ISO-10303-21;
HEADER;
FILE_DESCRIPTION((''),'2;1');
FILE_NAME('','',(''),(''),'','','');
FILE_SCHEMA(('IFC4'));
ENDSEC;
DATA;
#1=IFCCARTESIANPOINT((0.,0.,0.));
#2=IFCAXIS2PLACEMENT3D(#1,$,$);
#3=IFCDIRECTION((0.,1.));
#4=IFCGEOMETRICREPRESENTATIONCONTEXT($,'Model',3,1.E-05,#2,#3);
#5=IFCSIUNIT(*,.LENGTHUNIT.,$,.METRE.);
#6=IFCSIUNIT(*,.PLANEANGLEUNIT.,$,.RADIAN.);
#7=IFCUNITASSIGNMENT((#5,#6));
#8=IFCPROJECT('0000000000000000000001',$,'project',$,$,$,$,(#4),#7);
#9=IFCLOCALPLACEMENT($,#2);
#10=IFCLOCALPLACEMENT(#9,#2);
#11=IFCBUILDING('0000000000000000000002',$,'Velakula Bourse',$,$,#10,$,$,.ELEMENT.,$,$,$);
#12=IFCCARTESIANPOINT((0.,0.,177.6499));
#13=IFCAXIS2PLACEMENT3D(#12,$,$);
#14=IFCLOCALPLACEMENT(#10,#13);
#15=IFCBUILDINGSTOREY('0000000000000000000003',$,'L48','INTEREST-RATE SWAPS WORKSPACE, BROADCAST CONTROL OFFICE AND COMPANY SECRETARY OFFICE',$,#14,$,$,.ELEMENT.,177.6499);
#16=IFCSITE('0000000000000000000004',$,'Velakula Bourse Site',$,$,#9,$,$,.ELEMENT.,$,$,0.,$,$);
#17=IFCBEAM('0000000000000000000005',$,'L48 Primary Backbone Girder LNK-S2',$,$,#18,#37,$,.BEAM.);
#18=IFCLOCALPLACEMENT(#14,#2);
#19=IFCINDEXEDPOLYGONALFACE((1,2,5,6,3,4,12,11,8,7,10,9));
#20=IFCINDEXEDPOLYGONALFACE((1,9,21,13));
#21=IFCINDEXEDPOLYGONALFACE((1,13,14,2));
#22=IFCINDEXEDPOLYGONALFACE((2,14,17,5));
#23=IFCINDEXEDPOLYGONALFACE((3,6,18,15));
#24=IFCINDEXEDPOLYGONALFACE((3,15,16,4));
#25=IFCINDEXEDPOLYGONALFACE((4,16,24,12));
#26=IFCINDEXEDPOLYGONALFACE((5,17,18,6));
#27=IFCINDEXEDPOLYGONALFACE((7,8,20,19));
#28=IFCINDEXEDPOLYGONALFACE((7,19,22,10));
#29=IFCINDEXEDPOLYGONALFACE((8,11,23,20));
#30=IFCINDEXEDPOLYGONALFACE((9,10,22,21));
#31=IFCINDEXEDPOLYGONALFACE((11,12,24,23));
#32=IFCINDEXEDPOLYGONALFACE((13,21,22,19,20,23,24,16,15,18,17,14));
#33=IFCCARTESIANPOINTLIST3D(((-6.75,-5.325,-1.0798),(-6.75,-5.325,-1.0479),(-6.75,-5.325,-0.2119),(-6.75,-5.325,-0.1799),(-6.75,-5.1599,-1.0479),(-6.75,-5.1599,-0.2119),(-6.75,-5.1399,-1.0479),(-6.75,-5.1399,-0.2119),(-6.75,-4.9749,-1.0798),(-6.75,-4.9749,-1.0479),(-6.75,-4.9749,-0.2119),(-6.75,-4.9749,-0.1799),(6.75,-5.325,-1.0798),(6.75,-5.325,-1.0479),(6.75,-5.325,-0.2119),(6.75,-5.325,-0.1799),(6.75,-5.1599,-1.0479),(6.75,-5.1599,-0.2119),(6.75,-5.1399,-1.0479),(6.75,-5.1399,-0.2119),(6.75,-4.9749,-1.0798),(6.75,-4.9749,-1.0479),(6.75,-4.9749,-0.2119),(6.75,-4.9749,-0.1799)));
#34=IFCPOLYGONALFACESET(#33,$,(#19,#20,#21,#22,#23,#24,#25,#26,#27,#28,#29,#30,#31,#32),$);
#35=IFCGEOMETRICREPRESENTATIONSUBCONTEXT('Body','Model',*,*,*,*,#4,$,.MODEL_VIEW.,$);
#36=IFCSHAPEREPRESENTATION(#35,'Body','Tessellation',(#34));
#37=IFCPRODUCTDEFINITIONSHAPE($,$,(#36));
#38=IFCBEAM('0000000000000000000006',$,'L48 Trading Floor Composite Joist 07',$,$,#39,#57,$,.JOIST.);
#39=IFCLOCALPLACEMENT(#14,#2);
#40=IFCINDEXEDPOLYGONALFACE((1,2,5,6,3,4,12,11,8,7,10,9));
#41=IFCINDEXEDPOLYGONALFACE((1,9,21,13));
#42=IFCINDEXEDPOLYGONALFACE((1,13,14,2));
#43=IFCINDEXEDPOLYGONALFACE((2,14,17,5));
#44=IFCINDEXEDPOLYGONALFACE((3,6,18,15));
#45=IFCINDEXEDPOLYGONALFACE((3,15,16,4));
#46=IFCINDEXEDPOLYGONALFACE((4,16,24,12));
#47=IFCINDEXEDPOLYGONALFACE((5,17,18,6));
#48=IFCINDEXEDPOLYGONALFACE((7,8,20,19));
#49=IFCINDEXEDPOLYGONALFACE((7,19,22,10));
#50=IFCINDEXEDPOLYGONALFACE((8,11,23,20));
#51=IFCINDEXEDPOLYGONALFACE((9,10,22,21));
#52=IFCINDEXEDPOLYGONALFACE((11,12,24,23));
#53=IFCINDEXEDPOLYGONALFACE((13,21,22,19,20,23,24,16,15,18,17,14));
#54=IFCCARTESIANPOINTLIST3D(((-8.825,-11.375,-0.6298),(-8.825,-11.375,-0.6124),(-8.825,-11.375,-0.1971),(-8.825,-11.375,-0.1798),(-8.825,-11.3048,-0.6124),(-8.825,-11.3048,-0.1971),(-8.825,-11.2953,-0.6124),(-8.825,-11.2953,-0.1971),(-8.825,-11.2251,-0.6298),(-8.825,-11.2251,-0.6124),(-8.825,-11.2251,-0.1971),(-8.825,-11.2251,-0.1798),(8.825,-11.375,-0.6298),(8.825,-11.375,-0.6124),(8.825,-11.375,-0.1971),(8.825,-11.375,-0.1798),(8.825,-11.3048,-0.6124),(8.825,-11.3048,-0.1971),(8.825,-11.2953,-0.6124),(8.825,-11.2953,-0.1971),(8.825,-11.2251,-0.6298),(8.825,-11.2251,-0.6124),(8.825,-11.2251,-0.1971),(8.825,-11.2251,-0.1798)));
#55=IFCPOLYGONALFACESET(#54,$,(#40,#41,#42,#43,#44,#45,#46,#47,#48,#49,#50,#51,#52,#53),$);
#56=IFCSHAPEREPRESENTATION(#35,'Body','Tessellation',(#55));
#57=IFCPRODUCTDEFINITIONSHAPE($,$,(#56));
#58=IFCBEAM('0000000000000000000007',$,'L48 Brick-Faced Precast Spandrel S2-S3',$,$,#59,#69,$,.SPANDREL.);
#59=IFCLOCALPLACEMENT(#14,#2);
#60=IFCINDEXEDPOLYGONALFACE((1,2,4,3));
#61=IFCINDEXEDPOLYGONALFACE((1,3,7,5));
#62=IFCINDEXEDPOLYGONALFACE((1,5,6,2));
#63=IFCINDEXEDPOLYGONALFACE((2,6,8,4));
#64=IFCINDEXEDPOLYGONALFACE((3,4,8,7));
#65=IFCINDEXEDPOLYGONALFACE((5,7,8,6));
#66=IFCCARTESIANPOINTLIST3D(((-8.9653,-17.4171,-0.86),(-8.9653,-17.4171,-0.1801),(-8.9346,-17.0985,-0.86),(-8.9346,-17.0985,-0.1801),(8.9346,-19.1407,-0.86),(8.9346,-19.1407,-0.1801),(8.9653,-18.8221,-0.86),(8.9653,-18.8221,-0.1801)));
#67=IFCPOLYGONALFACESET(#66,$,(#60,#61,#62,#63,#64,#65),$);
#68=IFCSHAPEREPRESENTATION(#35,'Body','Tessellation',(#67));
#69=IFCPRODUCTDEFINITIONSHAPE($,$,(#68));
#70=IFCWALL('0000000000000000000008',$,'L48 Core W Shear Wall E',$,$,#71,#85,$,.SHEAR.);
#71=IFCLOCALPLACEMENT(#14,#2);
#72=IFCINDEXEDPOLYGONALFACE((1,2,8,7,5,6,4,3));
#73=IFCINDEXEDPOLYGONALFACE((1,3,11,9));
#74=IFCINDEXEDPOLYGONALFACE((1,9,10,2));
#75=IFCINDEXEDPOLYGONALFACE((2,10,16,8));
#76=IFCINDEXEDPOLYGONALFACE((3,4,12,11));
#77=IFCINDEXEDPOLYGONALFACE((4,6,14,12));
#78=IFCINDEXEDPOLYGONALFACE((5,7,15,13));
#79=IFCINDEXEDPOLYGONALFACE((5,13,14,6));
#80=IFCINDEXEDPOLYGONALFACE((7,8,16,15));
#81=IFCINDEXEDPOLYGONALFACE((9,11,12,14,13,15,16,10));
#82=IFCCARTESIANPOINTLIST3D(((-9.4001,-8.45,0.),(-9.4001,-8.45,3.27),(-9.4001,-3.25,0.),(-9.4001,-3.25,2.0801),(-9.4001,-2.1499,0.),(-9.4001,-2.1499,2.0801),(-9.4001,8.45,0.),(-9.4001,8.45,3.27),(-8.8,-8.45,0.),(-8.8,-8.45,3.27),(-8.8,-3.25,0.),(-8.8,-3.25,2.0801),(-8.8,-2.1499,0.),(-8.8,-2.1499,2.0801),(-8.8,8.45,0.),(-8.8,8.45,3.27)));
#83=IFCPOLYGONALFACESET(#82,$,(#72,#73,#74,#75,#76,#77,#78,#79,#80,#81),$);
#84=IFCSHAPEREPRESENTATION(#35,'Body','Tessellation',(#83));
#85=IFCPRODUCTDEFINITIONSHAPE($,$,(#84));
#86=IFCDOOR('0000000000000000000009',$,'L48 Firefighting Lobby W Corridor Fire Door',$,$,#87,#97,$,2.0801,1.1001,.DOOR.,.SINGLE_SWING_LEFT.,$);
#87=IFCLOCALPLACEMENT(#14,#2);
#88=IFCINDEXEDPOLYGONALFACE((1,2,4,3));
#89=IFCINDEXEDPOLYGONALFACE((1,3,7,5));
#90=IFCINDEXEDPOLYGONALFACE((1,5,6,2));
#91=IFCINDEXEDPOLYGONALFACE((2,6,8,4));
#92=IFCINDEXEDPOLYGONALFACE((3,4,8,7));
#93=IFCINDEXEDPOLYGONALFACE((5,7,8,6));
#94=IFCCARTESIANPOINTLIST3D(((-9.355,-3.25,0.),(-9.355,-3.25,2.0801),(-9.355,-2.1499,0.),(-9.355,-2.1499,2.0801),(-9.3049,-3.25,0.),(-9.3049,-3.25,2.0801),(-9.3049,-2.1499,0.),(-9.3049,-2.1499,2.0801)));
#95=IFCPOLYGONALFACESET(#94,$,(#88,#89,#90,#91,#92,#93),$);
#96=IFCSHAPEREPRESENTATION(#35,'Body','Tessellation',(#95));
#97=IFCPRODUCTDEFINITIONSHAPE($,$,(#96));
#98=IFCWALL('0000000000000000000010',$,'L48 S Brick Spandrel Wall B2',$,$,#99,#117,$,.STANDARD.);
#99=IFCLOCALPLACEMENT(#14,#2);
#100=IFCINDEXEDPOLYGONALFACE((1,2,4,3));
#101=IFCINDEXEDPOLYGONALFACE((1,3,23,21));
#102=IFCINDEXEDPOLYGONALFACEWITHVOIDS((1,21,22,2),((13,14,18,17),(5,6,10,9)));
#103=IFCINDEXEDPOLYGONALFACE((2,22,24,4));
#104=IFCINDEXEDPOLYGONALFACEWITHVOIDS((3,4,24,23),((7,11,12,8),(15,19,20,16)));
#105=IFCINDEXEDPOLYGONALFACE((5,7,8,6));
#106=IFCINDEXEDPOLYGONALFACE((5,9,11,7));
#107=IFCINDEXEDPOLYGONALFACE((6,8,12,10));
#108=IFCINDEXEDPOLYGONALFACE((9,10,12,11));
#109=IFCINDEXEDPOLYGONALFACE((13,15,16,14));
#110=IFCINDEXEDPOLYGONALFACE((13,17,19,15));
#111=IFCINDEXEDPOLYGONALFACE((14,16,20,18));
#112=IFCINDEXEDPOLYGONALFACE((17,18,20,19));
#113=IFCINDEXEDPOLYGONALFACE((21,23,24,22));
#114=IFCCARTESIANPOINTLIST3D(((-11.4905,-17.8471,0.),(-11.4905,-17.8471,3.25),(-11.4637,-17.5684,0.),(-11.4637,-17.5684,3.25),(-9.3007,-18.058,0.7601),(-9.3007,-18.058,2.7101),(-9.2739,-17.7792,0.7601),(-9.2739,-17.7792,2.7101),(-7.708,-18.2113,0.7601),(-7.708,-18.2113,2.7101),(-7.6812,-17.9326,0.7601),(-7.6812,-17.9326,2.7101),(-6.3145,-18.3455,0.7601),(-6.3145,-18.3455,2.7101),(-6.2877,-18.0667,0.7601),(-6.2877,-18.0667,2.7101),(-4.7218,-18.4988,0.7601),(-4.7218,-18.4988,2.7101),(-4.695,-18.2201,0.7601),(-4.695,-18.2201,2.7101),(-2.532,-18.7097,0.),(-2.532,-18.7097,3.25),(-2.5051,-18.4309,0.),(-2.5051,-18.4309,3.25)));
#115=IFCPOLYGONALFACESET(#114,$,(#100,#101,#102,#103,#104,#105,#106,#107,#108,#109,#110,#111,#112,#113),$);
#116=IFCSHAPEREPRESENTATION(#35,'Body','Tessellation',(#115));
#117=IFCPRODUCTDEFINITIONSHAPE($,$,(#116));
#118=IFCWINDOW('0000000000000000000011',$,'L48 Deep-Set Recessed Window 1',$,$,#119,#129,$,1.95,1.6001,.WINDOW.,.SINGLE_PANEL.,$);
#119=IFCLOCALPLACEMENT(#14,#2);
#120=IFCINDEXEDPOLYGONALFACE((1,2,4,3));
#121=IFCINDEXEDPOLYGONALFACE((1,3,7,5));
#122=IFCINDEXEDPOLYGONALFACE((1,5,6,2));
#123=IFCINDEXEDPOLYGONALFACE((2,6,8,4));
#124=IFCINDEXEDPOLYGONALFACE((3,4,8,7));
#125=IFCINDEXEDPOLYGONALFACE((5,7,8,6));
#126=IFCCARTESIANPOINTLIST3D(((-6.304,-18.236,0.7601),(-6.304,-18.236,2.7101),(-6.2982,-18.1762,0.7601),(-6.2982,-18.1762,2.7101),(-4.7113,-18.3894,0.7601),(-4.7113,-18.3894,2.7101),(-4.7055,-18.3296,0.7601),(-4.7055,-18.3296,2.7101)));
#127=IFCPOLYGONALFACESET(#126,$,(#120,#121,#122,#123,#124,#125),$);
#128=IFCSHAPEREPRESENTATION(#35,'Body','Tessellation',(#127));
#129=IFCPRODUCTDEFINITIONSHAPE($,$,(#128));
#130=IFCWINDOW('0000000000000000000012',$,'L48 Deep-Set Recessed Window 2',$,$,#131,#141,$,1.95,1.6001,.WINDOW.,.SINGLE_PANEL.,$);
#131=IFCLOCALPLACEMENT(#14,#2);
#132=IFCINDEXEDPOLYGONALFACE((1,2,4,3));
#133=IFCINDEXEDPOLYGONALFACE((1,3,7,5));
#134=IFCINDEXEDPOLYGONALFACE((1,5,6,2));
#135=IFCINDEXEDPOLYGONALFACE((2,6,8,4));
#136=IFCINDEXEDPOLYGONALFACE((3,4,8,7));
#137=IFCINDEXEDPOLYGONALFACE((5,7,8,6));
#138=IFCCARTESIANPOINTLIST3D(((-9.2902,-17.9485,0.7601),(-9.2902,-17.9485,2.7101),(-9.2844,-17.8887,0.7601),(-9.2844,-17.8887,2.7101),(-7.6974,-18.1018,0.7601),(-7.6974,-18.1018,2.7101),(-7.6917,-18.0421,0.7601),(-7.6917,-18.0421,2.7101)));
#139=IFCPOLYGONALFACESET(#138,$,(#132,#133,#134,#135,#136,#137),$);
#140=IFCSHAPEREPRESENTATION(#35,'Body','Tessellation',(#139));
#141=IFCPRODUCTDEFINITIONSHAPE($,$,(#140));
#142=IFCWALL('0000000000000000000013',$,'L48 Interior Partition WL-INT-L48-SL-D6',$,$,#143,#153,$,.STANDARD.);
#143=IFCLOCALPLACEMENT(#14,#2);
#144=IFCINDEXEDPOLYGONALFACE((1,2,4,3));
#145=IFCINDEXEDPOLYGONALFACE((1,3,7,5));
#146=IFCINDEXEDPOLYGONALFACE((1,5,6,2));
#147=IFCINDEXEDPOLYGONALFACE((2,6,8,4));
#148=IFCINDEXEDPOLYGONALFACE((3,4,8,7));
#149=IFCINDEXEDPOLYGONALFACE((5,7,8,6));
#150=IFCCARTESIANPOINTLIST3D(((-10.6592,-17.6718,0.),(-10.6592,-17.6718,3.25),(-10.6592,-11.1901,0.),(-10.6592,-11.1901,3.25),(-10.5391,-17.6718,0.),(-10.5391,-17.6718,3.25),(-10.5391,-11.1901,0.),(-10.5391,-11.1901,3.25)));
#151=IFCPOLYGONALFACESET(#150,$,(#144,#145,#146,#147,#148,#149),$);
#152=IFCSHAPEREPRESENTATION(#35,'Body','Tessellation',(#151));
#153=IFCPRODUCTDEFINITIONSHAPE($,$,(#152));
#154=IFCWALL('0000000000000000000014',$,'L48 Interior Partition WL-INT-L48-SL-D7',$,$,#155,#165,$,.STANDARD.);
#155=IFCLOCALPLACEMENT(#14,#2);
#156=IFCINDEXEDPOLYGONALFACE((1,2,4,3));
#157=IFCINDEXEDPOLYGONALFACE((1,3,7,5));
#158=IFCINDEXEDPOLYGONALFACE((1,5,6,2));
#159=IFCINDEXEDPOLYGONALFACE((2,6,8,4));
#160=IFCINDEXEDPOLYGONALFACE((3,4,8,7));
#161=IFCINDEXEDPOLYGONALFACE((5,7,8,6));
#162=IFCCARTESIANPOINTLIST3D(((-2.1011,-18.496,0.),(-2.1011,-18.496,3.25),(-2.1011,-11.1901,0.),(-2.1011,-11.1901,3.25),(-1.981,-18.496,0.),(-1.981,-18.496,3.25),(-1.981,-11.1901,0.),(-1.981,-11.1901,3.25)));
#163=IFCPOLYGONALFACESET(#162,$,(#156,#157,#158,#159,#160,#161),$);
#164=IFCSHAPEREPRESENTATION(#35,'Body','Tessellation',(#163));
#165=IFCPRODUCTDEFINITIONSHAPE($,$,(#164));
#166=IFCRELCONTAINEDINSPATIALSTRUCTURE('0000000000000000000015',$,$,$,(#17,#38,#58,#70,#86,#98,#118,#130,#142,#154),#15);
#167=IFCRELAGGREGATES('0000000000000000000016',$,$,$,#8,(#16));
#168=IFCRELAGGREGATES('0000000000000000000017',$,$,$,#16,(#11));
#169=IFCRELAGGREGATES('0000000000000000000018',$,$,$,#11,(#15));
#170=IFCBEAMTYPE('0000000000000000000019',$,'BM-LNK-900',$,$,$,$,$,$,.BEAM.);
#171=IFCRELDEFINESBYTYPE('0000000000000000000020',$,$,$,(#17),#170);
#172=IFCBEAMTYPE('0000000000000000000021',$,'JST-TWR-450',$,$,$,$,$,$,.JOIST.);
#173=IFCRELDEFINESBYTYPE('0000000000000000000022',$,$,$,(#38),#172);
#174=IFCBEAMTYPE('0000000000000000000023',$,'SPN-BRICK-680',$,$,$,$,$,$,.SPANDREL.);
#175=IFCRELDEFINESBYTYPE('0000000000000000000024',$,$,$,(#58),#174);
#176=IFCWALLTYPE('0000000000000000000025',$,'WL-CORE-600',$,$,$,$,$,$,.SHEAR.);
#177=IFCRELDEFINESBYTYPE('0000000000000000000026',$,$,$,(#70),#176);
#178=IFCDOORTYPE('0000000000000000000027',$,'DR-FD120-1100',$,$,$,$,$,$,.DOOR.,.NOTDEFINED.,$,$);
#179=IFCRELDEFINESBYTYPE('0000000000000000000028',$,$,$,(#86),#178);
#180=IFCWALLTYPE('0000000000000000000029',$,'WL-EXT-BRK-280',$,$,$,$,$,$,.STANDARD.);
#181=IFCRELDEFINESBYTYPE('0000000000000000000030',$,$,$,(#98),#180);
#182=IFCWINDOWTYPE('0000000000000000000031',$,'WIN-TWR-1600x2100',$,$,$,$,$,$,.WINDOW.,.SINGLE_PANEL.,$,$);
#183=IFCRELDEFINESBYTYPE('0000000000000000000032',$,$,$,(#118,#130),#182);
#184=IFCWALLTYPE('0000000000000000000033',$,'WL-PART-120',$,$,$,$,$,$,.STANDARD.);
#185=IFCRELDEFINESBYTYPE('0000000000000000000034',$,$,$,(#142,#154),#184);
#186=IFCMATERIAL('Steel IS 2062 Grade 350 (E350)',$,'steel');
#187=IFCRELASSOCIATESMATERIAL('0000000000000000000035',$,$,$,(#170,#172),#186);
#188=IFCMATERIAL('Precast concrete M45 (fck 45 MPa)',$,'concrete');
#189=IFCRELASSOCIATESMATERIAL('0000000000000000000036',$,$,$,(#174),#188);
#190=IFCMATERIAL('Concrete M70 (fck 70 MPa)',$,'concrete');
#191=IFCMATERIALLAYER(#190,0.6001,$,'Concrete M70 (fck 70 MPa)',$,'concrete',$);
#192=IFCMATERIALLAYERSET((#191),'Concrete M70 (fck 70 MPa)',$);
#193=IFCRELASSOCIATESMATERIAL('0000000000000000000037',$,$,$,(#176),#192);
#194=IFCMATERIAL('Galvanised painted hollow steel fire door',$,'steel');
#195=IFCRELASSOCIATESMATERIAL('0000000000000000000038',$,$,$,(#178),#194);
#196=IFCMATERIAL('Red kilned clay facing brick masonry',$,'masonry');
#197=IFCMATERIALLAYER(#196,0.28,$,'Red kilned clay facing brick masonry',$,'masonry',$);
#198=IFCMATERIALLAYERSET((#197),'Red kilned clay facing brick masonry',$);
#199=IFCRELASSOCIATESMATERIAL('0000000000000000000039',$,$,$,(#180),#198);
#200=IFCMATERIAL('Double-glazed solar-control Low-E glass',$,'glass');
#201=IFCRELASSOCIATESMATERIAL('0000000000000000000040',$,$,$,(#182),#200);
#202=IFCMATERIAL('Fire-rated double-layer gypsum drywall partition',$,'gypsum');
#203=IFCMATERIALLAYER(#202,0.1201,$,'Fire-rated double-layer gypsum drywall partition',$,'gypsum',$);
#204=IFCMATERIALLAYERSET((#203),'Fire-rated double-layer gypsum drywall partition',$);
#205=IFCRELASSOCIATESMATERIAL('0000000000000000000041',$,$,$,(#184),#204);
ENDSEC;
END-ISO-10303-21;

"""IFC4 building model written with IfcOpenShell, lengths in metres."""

from ifc_helpers import new_model, si_unit, direction, frame, frame_2d, origin, origin_2d, place, context, subcontext, project, spatial, rectangle, i_section, extrude, material, layer, layer_set, material_profile, profile_set, type_object, element, fill, save


model = new_model("IFC4")

# Units and contexts
model_context = context("Model", 3, precision=1e-05, world=origin(), true_north=direction((0.0, 1.0)))
body_context = subcontext(model_context, "Body", "Model", "MODEL_VIEW")
ifc_project = project(units=[si_unit("LENGTHUNIT", "METRE"), si_unit("PLANEANGLEUNIT", "RADIAN")], contexts=[model_context])

# Site, building, storey
site_placement = place(None, origin())
site = spatial("IfcSite", under=ifc_project, at=site_placement, Name="Velakula Bourse Site", CompositionType="ELEMENT", RefElevation=0.0)
building_placement = place(site_placement, origin())
building = spatial("IfcBuilding", under=site, at=building_placement, Name="Velakula Bourse", CompositionType="ELEMENT")
storey_placement = place(building_placement, frame((0.0, 0.0, 177.6499)))
storey = spatial("IfcBuildingStorey", under=building, at=storey_placement, Name="L48", Description="INTEREST-RATE SWAPS WORKSPACE, BROADCAST CONTROL OFFICE AND COMPANY SECRETARY OFFICE", CompositionType="ELEMENT", Elevation=177.6499)

# Shared definitions
ifc_material_1 = material(Name="Concrete M70 (fck 70 MPa)", Category="concrete")
ifc_material_2 = material(Name="Steel IS 2062 Grade 350 (E350)", Category="steel")

# Beams
ifc_material_profile_1 = material_profile(ifc_material_2, i_section(OverallWidth=0.3501, OverallDepth=0.8999, WebThickness=0.02, FlangeThickness=0.032, at=origin_2d()), Name="Steel IS 2062 Grade 350 (E350)")
ifc_profile_set_1 = profile_set([ifc_material_profile_1], Name="Steel IS 2062 Grade 350 (E350)")
beam_type_1 = type_object("IfcBeamType", Name="BM-LNK-900", PredefinedType="BEAM", material=ifc_profile_set_1)
beam_1_placement = place(storey_placement, frame((-6.75, -5.1499, -0.6299), z_axis=(1.0, 0.0, 0.0), x_axis=(0.0, 1.0, 0.0)))
element("IfcBeam", 1, at=beam_1_placement, inside=storey, type_object=beam_type_1, Name="L48 Primary Backbone Girder LNK-S2", PredefinedType="BEAM", context=body_context, shape_type="SweptSolid", body=[
    extrude(i_section(OverallWidth=0.3501, OverallDepth=0.8999, WebThickness=0.02, FlangeThickness=0.032, at=origin_2d()), origin(), (0.0, 0.0, 1.0), 13.5),
])
ifc_material_profile_2 = material_profile(ifc_material_2, i_section(OverallWidth=0.1499, OverallDepth=0.45, WebThickness=0.0095, FlangeThickness=0.0173, at=origin_2d()), Name="Steel IS 2062 Grade 350 (E350)")
ifc_profile_set_2 = profile_set([ifc_material_profile_2], Name="Steel IS 2062 Grade 350 (E350)")
beam_type_2 = type_object("IfcBeamType", Name="JST-TWR-450", PredefinedType="JOIST", material=ifc_profile_set_2)
beam_2_placement = place(storey_placement, frame((-8.825, -11.3, -0.4048), z_axis=(1.0, 0.0, 0.0), x_axis=(0.0, 1.0, 0.0)))
element("IfcBeam", 2, at=beam_2_placement, inside=storey, type_object=beam_type_2, Name="L48 Trading Floor Composite Joist 07", PredefinedType="JOIST", context=body_context, shape_type="SweptSolid", body=[
    extrude(i_section(OverallWidth=0.1499, OverallDepth=0.45, WebThickness=0.0095, FlangeThickness=0.0173, at=origin_2d()), origin(), (0.0, 0.0, 1.0), 17.6499),
])
ifc_material_3 = material(Name="Precast concrete M45 (fck 45 MPa)", Category="concrete")
ifc_material_profile_3 = material_profile(ifc_material_3, rectangle(XDim=0.3201, YDim=0.6799, at=origin_2d()), Name="Precast concrete M45 (fck 45 MPa)")
ifc_profile_set_3 = profile_set([ifc_material_profile_3], Name="Precast concrete M45 (fck 45 MPa)")
beam_type_3 = type_object("IfcBeamType", Name="SPN-BRICK-680", PredefinedType="SPANDREL", material=ifc_profile_set_3)
beam_3_placement = place(storey_placement, frame((-8.95, -17.2578, -0.52), z_axis=(0.995396, -0.09585, 0.0), x_axis=(0.09585, 0.995396, 0.0)))
element("IfcBeam", 3, at=beam_3_placement, inside=storey, type_object=beam_type_3, Name="L48 Brick-Faced Precast Spandrel S2-S3", PredefinedType="SPANDREL", context=body_context, shape_type="SweptSolid", body=[
    extrude(rectangle(XDim=0.3201, YDim=0.6799, at=origin_2d()), origin(), (0.0, 0.0, 1.0), 17.9827),
])

# Wall, opening, door
ifc_layer_1 = layer(ifc_material_1, 0.6001, Name="Concrete M70 (fck 70 MPa)", Category="concrete")
ifc_layer_set_1 = layer_set([ifc_layer_1], Name="Concrete M70 (fck 70 MPa)")
wall_type_1 = type_object("IfcWallType", Name="WL-CORE-600", PredefinedType="SHEAR", material=ifc_layer_set_1)
wall_1_placement = place(storey_placement, frame((-9.1001, -8.45, 0.0), z_axis=(0.0, 0.0, 1.0), x_axis=(0.0, 1.0, 0.0)))
wall_1 = element("IfcWall", 4, at=wall_1_placement, inside=storey, type_object=wall_type_1, Name="L48 Core W Shear Wall E", PredefinedType="SHEAR", context=body_context, shape_type="SweptSolid", body=[
    extrude(rectangle(XDim=16.8999, YDim=0.6001, at=frame_2d((8.45, 0.0))), origin(), (0.0, 0.0, 1.0), 3.27),
])
opening_1_placement = place(wall_1_placement, frame((5.2, 0.0, 0.0)))
opening_1 = element("IfcOpeningElement", 5, at=opening_1_placement, cuts=wall_1, PredefinedType="OPENING", context=body_context, shape_type="SweptSolid", body=[
    extrude(rectangle(XDim=1.1001, YDim=2.0801, at=frame_2d((0.55, 1.04))), frame((0.0, 0.3101, 0.0), z_axis=(0.0, -1.0, 0.0), x_axis=(1.0, 0.0, 0.0)), (0.0, 0.0, 1.0), 0.6201),
])
ifc_material_4 = material(Name="Galvanised painted hollow steel fire door", Category="steel")
door_type = type_object("IfcDoorType", Name="DR-FD120-1100", OperationType="NOTDEFINED", PredefinedType="DOOR", material=ifc_material_4)
door_placement = place(opening_1_placement, origin())
door = element("IfcDoor", 6, at=door_placement, inside=storey, type_object=door_type, Name="L48 Firefighting Lobby W Corridor Fire Door", OperationType="SINGLE_SWING_LEFT", OverallHeight=2.0801, OverallWidth=1.1001, PredefinedType="DOOR", context=body_context, shape_type="SweptSolid", body=[
    extrude(rectangle(XDim=1.1001, YDim=2.0801, at=frame_2d((0.55, 1.04))), frame((0.0, 0.2549, 0.0), z_axis=(0.0, -1.0, 0.0), x_axis=(1.0, 0.0, 0.0)), (0.0, 0.0, 1.0), 0.05),
])
fill(opening_1, door)

# Wall, openings, windows
ifc_material_5 = material(Name="Red kilned clay facing brick masonry", Category="masonry")
ifc_layer_2 = layer(ifc_material_5, 0.28, Name="Red kilned clay facing brick masonry", Category="masonry")
ifc_layer_set_2 = layer_set([ifc_layer_2], Name="Red kilned clay facing brick masonry")
wall_type_2 = type_object("IfcWallType", Name="WL-EXT-BRK-280", PredefinedType="STANDARD", material=ifc_layer_set_2)
wall_2_placement = place(storey_placement, frame((-2.5186, -18.5703, 0.0), z_axis=(0.0, 0.0, 1.0), x_axis=(-0.995397, 0.09584, 0.0)))
wall_2 = element("IfcWall", 7, at=wall_2_placement, inside=storey, type_object=wall_type_2, Name="L48 S Brick Spandrel Wall B2", PredefinedType="STANDARD", context=body_context, shape_type="SweptSolid", body=[
    extrude(rectangle(XDim=9.0, YDim=0.28, at=frame_2d((4.5, 0.0))), origin(), (0.0, 0.0, 1.0), 3.25),
])
opening_2_placement = place(wall_2_placement, frame((2.2, 0.0, 0.76)))
opening_2 = element("IfcOpeningElement", 8, at=opening_2_placement, cuts=wall_2, PredefinedType="OPENING", context=body_context, shape_type="SweptSolid", body=[
    extrude(rectangle(XDim=1.6001, YDim=1.95, at=frame_2d((0.8, 0.9751))), frame((0.0, 0.1499, 0.0), z_axis=(0.0, -1.0, 0.0), x_axis=(1.0, 0.0, 0.0)), (0.0, 0.0, 1.0), 0.3),
])
opening_3_placement = place(wall_2_placement, frame((5.2, 0.0, 0.76)))
opening_3 = element("IfcOpeningElement", 9, at=opening_3_placement, cuts=wall_2, PredefinedType="OPENING", context=body_context, shape_type="SweptSolid", body=[
    extrude(rectangle(XDim=1.6001, YDim=1.95, at=frame_2d((0.8, 0.9751))), frame((0.0, 0.1499, 0.0), z_axis=(0.0, -1.0, 0.0), x_axis=(1.0, 0.0, 0.0)), (0.0, 0.0, 1.0), 0.3),
])
ifc_material_6 = material(Name="Double-glazed solar-control Low-E glass", Category="glass")
window_type = type_object("IfcWindowType", Name="WIN-TWR-1600x2100", PartitioningType="SINGLE_PANEL", PredefinedType="WINDOW", material=ifc_material_6)
window_1_placement = place(opening_2_placement, origin())
window_1 = element("IfcWindow", 10, at=window_1_placement, inside=storey, type_object=window_type, Name="L48 Deep-Set Recessed Window 1", OverallHeight=1.95, OverallWidth=1.6001, PartitioningType="SINGLE_PANEL", PredefinedType="WINDOW", context=body_context, shape_type="SweptSolid", body=[
    extrude(rectangle(XDim=1.6001, YDim=1.95, at=frame_2d((0.8, 0.9751))), frame((0.0, 0.03, 0.0), z_axis=(0.0, -1.0, 0.0), x_axis=(1.0, 0.0, 0.0)), (0.0, 0.0, 1.0), 0.0601),
])
fill(opening_2, window_1)
window_2_placement = place(opening_3_placement, origin())
window_2 = element("IfcWindow", 11, at=window_2_placement, inside=storey, type_object=window_type, Name="L48 Deep-Set Recessed Window 2", OverallHeight=1.95, OverallWidth=1.6001, PartitioningType="SINGLE_PANEL", PredefinedType="WINDOW", context=body_context, shape_type="SweptSolid", body=[
    extrude(rectangle(XDim=1.6001, YDim=1.95, at=frame_2d((0.8, 0.9751))), frame((0.0, 0.03, 0.0), z_axis=(0.0, -1.0, 0.0), x_axis=(1.0, 0.0, 0.0)), (0.0, 0.0, 1.0), 0.0601),
])
fill(opening_3, window_2)

# Walls
ifc_material_7 = material(Name="Fire-rated double-layer gypsum drywall partition", Category="gypsum")
ifc_layer_3 = layer(ifc_material_7, 0.1201, Name="Fire-rated double-layer gypsum drywall partition", Category="gypsum")
ifc_layer_set_3 = layer_set([ifc_layer_3], Name="Fire-rated double-layer gypsum drywall partition")
wall_type_3 = type_object("IfcWallType", Name="WL-PART-120", PredefinedType="STANDARD", material=ifc_layer_set_3)
wall_3_placement = place(storey_placement, frame((-10.5991, -17.6716, 0.0), z_axis=(0.0, 0.0, 1.0), x_axis=(0.0, 1.0, 0.0)))
element("IfcWall", 12, at=wall_3_placement, inside=storey, type_object=wall_type_3, Name="L48 Interior Partition WL-INT-L48-SL-D6", PredefinedType="STANDARD", context=body_context, shape_type="SweptSolid", body=[
    extrude(rectangle(XDim=6.4817, YDim=0.1201, at=frame_2d((3.2407, 0.0))), origin(), (0.0, 0.0, 1.0), 3.25),
])
wall_4_placement = place(storey_placement, frame((-2.041, -18.4958, 0.0), z_axis=(0.0, 0.0, 1.0), x_axis=(0.0, 1.0, 0.0)))
element("IfcWall", 13, at=wall_4_placement, inside=storey, type_object=wall_type_3, Name="L48 Interior Partition WL-INT-L48-SL-D7", PredefinedType="STANDARD", context=body_context, shape_type="SweptSolid", body=[
    extrude(rectangle(XDim=7.3059, YDim=0.1201, at=frame_2d((3.6528, 0.0))), origin(), (0.0, 0.0, 1.0), 3.25),
])

save(model, "model.ifc")
